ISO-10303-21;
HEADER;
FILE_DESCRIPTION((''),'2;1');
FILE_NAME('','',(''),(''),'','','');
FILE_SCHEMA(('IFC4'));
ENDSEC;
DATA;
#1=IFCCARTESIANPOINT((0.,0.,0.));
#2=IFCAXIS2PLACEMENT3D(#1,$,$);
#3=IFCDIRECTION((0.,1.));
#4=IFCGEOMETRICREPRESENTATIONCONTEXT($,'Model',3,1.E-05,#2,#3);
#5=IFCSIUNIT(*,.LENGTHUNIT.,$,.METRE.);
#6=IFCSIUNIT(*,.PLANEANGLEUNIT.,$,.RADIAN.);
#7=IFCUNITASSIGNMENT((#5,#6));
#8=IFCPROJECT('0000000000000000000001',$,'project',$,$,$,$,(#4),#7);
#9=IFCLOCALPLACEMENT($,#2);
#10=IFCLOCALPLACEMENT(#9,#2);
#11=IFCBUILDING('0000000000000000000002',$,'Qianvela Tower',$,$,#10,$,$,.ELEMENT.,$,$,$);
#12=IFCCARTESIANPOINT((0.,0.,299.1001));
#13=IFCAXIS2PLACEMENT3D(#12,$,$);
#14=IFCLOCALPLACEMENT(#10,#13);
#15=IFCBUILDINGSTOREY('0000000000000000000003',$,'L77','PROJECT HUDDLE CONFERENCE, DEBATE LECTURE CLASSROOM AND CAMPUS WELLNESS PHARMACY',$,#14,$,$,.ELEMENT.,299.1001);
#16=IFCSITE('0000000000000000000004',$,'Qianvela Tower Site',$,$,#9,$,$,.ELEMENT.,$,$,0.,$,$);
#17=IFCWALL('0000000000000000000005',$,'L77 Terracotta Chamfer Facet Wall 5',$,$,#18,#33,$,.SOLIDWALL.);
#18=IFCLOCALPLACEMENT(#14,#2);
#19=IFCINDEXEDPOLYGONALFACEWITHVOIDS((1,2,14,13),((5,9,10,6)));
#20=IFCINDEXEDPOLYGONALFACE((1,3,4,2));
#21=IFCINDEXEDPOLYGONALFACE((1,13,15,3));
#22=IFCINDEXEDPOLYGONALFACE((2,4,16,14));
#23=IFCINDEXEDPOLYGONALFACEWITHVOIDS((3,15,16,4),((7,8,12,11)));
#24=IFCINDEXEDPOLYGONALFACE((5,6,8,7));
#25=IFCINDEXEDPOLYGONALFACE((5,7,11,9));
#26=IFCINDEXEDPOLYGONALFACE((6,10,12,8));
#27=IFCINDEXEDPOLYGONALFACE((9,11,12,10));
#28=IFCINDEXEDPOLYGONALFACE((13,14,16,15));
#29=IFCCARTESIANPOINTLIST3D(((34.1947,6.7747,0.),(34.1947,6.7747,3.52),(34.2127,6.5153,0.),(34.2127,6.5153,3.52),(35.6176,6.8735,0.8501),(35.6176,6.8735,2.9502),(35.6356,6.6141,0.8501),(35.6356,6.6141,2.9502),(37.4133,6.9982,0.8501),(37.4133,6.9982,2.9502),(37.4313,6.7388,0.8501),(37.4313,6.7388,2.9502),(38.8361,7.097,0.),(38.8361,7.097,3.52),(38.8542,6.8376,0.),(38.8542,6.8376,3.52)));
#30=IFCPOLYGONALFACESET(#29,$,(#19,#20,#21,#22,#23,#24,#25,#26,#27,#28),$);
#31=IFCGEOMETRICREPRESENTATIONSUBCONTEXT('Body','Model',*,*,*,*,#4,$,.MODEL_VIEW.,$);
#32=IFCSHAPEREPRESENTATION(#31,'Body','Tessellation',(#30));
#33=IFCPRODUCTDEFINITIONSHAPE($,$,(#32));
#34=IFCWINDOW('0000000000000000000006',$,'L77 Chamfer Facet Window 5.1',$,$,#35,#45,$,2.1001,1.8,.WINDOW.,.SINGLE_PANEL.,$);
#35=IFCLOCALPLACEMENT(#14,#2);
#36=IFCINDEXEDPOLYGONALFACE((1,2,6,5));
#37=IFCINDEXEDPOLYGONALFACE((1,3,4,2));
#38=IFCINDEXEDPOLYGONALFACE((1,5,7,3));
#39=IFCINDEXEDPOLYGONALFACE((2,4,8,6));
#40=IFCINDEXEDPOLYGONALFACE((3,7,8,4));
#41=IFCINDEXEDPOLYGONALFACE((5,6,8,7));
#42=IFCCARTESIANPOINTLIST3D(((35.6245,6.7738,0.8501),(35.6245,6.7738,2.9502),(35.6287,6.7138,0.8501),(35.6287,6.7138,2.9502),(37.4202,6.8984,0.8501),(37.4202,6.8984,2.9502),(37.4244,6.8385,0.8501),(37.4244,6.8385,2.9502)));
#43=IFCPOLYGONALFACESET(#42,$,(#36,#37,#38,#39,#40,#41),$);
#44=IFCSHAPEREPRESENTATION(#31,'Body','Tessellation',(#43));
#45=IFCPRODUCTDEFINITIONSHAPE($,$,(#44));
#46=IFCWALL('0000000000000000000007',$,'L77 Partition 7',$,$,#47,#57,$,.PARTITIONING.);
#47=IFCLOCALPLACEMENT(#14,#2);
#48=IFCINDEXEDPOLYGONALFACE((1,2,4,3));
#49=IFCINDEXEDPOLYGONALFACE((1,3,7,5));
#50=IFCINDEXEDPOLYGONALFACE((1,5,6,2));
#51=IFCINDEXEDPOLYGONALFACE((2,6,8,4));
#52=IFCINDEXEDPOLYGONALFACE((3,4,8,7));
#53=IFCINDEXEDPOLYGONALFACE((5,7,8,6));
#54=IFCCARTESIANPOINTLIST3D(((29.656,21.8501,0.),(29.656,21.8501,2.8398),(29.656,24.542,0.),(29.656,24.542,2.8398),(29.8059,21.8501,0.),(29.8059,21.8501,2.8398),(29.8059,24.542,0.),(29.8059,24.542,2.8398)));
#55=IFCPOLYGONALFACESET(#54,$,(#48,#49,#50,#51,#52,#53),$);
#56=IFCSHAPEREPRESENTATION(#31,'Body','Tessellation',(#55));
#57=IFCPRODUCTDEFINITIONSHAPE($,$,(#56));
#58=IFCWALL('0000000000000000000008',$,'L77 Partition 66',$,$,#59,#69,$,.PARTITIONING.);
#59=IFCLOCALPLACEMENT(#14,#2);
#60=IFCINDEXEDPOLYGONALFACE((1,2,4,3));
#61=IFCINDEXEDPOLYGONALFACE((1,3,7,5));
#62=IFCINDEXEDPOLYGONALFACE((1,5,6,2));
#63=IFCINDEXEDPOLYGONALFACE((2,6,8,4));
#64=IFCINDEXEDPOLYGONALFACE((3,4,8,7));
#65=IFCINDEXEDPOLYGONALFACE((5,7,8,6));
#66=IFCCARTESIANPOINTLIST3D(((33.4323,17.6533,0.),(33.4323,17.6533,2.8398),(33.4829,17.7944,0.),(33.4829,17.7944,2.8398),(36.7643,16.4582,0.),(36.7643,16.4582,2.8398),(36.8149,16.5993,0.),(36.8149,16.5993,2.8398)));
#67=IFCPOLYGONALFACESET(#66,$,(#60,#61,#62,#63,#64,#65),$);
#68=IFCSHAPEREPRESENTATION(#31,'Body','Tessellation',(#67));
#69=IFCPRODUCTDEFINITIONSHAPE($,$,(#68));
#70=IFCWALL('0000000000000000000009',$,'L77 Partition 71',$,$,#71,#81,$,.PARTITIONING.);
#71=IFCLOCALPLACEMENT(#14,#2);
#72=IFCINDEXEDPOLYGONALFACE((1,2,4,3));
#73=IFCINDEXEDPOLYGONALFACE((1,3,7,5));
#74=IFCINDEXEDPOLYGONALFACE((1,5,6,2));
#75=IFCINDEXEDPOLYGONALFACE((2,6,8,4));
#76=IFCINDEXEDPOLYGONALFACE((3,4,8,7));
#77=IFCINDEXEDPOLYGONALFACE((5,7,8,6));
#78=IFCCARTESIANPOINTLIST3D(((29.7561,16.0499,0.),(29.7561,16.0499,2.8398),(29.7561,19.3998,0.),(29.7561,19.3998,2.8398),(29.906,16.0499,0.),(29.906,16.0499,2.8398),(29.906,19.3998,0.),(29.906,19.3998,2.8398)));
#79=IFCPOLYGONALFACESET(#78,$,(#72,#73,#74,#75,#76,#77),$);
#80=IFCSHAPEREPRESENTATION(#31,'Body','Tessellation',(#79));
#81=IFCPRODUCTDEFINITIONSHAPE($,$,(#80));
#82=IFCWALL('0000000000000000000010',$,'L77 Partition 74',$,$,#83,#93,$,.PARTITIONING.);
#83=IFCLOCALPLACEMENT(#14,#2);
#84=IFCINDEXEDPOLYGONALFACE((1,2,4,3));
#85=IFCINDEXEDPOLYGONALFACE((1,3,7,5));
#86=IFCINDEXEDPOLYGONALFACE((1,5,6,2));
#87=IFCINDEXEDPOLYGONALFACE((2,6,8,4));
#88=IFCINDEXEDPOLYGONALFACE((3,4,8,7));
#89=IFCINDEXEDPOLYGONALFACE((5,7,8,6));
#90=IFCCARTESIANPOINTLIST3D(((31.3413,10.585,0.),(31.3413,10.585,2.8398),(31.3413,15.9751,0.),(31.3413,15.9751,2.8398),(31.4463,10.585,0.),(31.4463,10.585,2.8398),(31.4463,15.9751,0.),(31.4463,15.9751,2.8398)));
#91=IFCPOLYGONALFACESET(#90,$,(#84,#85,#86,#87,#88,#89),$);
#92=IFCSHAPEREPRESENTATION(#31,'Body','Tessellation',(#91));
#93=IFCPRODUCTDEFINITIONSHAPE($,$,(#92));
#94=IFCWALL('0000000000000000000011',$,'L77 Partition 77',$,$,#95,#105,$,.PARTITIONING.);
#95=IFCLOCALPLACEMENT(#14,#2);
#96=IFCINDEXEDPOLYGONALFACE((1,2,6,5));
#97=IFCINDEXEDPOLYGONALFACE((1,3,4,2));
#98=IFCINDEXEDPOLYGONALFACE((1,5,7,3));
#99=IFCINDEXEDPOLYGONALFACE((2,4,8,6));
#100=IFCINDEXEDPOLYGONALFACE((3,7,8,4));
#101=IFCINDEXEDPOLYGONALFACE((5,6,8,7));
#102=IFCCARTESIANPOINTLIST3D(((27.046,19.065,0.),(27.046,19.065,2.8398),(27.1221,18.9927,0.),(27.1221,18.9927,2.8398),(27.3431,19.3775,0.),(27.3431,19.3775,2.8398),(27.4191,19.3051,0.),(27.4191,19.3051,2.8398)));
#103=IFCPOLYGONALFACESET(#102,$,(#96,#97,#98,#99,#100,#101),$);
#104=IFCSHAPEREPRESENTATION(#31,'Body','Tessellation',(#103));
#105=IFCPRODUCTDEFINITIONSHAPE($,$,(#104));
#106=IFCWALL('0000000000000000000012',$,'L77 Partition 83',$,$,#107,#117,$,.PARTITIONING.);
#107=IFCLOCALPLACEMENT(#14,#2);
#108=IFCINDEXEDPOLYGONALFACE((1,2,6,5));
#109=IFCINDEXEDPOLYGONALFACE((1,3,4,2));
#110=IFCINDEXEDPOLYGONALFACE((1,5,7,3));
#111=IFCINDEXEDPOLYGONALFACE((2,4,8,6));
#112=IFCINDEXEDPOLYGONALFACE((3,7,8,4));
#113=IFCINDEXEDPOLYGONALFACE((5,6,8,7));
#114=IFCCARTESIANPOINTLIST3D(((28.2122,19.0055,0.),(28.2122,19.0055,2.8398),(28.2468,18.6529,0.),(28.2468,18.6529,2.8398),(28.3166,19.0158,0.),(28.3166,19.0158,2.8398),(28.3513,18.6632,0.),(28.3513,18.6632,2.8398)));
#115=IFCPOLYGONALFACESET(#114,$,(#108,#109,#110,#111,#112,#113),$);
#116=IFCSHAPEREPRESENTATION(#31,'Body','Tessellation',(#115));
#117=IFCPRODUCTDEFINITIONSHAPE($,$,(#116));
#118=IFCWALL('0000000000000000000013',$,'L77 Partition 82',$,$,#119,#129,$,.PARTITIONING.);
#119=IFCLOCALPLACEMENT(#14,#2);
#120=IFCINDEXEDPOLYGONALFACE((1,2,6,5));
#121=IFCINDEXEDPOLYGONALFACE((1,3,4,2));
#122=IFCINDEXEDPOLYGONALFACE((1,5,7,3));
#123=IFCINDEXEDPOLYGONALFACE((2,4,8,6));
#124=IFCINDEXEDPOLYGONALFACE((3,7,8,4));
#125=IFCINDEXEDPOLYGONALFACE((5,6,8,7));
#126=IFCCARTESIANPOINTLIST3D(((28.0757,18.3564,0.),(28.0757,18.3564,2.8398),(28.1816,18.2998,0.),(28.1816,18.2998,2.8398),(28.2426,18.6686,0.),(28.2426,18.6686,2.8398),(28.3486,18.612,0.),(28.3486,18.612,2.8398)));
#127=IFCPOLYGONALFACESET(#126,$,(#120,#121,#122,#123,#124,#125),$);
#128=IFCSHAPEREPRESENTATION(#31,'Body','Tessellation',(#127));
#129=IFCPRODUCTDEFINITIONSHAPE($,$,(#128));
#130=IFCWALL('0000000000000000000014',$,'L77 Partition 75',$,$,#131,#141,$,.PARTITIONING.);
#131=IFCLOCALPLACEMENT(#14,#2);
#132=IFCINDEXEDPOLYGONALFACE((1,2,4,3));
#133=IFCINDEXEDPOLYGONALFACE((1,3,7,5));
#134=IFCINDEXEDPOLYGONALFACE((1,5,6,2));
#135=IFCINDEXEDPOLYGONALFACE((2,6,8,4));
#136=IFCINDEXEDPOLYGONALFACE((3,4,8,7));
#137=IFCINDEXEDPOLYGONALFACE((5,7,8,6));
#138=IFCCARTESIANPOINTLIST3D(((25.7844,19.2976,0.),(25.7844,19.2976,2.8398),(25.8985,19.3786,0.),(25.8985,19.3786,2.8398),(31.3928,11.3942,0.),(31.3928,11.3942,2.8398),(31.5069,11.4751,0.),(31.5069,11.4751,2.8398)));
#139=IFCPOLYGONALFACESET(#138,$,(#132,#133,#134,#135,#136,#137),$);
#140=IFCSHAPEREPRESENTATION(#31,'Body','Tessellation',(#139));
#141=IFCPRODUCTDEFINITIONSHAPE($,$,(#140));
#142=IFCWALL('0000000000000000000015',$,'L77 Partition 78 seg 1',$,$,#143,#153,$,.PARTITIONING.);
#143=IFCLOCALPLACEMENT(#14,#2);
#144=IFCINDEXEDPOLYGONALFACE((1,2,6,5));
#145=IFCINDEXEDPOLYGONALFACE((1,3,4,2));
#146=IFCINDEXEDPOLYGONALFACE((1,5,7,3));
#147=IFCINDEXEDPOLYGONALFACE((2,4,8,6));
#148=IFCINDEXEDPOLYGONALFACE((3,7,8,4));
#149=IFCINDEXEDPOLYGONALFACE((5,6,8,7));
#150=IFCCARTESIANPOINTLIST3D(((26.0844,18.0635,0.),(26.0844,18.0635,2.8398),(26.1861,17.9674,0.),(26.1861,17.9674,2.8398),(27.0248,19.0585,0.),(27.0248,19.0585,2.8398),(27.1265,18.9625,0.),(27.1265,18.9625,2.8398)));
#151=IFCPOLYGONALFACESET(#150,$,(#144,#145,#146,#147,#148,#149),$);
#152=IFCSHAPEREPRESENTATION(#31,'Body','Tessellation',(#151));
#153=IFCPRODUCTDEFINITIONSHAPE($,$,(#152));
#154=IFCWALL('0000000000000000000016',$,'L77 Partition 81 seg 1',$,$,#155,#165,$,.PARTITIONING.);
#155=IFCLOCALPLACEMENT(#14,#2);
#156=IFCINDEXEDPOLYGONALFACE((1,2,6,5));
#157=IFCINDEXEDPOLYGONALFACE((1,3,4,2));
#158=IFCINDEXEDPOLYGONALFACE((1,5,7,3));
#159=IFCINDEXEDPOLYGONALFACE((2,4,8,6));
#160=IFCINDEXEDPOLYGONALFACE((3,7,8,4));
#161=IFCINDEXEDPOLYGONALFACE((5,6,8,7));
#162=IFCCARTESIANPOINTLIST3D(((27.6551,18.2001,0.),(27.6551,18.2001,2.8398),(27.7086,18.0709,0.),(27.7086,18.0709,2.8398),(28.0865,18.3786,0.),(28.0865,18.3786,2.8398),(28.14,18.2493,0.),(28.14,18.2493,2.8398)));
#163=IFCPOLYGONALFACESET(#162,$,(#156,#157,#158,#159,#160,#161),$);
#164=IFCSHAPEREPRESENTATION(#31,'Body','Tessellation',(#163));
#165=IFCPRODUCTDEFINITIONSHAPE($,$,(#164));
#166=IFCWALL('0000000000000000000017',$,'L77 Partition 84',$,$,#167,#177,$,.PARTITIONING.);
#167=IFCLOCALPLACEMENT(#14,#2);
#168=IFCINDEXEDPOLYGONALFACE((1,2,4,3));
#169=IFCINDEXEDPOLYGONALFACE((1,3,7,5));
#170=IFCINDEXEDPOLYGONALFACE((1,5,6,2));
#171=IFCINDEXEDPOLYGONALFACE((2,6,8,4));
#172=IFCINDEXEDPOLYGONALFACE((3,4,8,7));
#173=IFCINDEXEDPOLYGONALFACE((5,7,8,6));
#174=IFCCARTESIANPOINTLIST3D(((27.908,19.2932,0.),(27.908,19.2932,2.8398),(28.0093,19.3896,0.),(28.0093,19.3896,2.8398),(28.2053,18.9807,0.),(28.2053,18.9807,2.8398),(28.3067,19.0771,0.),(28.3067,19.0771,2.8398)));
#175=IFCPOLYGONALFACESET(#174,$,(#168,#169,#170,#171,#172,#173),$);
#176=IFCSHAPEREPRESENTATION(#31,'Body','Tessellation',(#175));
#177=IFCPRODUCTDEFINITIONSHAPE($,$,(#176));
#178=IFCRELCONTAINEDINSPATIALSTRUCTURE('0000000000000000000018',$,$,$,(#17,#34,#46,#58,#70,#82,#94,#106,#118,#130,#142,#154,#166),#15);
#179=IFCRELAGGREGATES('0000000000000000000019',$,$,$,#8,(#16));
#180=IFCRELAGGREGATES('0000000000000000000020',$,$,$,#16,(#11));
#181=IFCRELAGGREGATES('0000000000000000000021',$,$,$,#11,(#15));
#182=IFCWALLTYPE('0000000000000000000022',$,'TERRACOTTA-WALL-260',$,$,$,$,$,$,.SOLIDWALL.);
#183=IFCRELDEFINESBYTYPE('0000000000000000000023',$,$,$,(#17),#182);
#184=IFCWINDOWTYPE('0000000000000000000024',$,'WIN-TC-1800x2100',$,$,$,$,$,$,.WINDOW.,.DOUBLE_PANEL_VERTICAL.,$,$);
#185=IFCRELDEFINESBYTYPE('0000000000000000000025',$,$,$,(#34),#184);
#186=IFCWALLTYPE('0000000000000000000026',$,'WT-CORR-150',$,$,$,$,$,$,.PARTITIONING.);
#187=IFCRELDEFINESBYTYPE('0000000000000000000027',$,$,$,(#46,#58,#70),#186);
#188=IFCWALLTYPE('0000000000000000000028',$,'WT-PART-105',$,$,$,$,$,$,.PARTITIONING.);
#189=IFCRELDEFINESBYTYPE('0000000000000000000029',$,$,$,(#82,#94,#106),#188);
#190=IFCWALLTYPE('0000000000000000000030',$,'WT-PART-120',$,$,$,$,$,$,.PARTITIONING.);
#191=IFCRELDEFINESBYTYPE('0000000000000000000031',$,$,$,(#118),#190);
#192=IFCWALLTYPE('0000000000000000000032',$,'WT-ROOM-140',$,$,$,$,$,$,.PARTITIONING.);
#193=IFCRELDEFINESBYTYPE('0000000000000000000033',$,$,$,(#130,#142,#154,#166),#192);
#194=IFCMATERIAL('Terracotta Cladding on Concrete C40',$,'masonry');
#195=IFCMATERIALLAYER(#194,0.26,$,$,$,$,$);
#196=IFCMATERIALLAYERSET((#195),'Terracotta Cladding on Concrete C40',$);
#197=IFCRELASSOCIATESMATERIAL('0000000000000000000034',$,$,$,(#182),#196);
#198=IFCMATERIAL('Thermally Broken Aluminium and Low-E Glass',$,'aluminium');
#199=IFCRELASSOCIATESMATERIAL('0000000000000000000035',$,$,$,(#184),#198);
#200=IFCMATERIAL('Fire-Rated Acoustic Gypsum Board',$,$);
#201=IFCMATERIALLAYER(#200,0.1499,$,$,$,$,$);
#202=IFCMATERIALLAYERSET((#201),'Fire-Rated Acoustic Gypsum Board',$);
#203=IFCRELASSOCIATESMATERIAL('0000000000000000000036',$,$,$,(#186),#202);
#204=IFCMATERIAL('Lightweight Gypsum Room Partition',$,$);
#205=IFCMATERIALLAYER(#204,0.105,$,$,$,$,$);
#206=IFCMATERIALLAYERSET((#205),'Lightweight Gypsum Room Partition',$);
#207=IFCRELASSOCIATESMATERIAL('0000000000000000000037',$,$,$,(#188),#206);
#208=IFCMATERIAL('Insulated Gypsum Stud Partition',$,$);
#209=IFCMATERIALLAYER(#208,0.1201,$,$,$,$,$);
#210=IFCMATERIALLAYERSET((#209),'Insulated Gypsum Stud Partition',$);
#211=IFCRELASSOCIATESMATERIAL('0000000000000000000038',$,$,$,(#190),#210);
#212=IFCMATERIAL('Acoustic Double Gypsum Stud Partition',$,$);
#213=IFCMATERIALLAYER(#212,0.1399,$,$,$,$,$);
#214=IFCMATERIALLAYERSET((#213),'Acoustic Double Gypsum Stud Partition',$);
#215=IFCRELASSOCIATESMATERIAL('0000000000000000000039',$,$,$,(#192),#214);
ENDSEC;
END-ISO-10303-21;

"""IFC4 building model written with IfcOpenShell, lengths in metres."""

from ifc_helpers import new_model, si_unit, direction, frame, frame_2d, origin, place, context, subcontext, project, spatial, rectangle, extrude, material, layer, layer_set, type_object, element, fill, save


model = new_model("IFC4")

# Units and contexts
model_context = context("Model", 3, precision=1e-05, world=origin(), true_north=direction((0.0, 1.0)))
body_context = subcontext(model_context, "Body", "Model", "MODEL_VIEW")
ifc_project = project(units=[si_unit("LENGTHUNIT", "METRE"), si_unit("PLANEANGLEUNIT", "RADIAN")], contexts=[model_context])

# Site, building, storey
site_placement = place(None, origin())
site = spatial("IfcSite", under=ifc_project, at=site_placement, Name="Qianvela Tower Site", CompositionType="ELEMENT", RefElevation=0.0)
building_placement = place(site_placement, origin())
building = spatial("IfcBuilding", under=site, at=building_placement, Name="Qianvela Tower", CompositionType="ELEMENT")
storey_placement = place(building_placement, frame((0.0, 0.0, 299.1001)))
storey = spatial("IfcBuildingStorey", under=building, at=storey_placement, Name="L77", Description="PROJECT HUDDLE CONFERENCE, DEBATE LECTURE CLASSROOM AND CAMPUS WELLNESS PHARMACY", CompositionType="ELEMENT", Elevation=299.1001)

# Wall, opening, window
ifc_material_1 = material(Name="Terracotta Cladding on Concrete C40", Category="masonry")
ifc_layer_1 = layer(ifc_material_1, 0.26)
ifc_layer_set_1 = layer_set([ifc_layer_1], Name="Terracotta Cladding on Concrete C40")
wall_type_1 = type_object("IfcWallType", Name="TERRACOTTA-WALL-260", PredefinedType="SOLIDWALL", material=ifc_layer_set_1)
wall_1_placement = place(storey_placement, frame((34.2039, 6.645, 0.0), z_axis=(0.0, 0.0, 1.0), x_axis=(0.997598, 0.069267, 0.0)))
wall_1 = element("IfcWall", 1, at=wall_1_placement, inside=storey, type_object=wall_type_1, Name="L77 Terracotta Chamfer Facet Wall 5", PredefinedType="SOLIDWALL", context=body_context, shape_type="SweptSolid", body=[
    extrude(rectangle(XDim=4.6526, YDim=0.26, at=frame_2d((2.3262, 0.0))), origin(), (0.0, 0.0, 1.0), 3.52),
])
opening_1_placement = place(wall_1_placement, frame((1.4263, 0.0, 0.8501)))
opening_1 = element("IfcOpeningElement", 2, at=opening_1_placement, cuts=wall_1, PredefinedType="OPENING", context=body_context, shape_type="SweptSolid", body=[
    extrude(rectangle(XDim=1.8, YDim=2.1001, at=frame_2d((0.8999, 1.05))), frame((0.0, 0.1399, 0.0), z_axis=(0.0, -1.0, 0.0), x_axis=(1.0, 0.0, 0.0)), (0.0, 0.0, 1.0), 0.28),
])
ifc_material_2 = material(Name="Thermally Broken Aluminium and Low-E Glass", Category="aluminium")
window_type = type_object("IfcWindowType", Name="WIN-TC-1800x2100", PartitioningType="DOUBLE_PANEL_VERTICAL", PredefinedType="WINDOW", material=ifc_material_2)
window_placement = place(opening_1_placement, origin())
window = element("IfcWindow", 3, at=window_placement, inside=storey, type_object=window_type, Name="L77 Chamfer Facet Window 5.1", OverallHeight=2.1001, OverallWidth=1.8, PartitioningType="SINGLE_PANEL", PredefinedType="WINDOW", context=body_context, shape_type="SweptSolid", body=[
    extrude(rectangle(XDim=1.8, YDim=2.1001, at=frame_2d((0.8999, 1.05))), frame((0.0, 0.03, 0.0), z_axis=(0.0, -1.0, 0.0), x_axis=(1.0, 0.0, 0.0)), (0.0, 0.0, 1.0), 0.0601),
])
fill(opening_1, window)

# Shared definitions
ifc_material_3 = material(Name="Fire-Rated Acoustic Gypsum Board")
ifc_layer_2 = layer(ifc_material_3, 0.1499)
ifc_layer_set_2 = layer_set([ifc_layer_2], Name="Fire-Rated Acoustic Gypsum Board")
wall_type_2 = type_object("IfcWallType", Name="WT-CORR-150", PredefinedType="PARTITIONING", material=ifc_layer_set_2)

# Walls
wall_2_placement = place(storey_placement, frame((29.731, 21.8501, 0.0), z_axis=(0.0, 0.0, 1.0), x_axis=(0.0, 1.0, 0.0)))
element("IfcWall", 4, at=wall_2_placement, inside=storey, type_object=wall_type_2, Name="L77 Partition 7", PredefinedType="PARTITIONING", context=body_context, shape_type="SweptSolid", body=[
    extrude(rectangle(XDim=2.6919, YDim=0.1499, at=frame_2d((1.3459, 0.0))), origin(), (0.0, 0.0, 1.0), 2.8398),
])
wall_3_placement = place(storey_placement, frame((33.4575, 17.7239, 0.0), z_axis=(0.0, 0.0, 1.0), x_axis=(0.941289, -0.337603, 0.0)))
element("IfcWall", 5, at=wall_3_placement, inside=storey, type_object=wall_type_2, Name="L77 Partition 66", PredefinedType="PARTITIONING", context=body_context, shape_type="SweptSolid", body=[
    extrude(rectangle(XDim=3.5398, YDim=0.1499, at=frame_2d((1.77, 0.0))), origin(), (0.0, 0.0, 1.0), 2.8398),
])
wall_4_placement = place(storey_placement, frame((29.8311, 16.05, 0.0), z_axis=(0.0, 0.0, 1.0), x_axis=(0.0, 1.0, 0.0)))
element("IfcWall", 6, at=wall_4_placement, inside=storey, type_object=wall_type_2, Name="L77 Partition 71", PredefinedType="PARTITIONING", context=body_context, shape_type="SweptSolid", body=[
    extrude(rectangle(XDim=3.3499, YDim=0.1499, at=frame_2d((1.6748, 0.0))), origin(), (0.0, 0.0, 1.0), 2.8398),
])

# Walls
ifc_material_4 = material(Name="Lightweight Gypsum Room Partition")
ifc_layer_3 = layer(ifc_material_4, 0.105)
ifc_layer_set_3 = layer_set([ifc_layer_3], Name="Lightweight Gypsum Room Partition")
wall_type_3 = type_object("IfcWallType", Name="WT-PART-105", PredefinedType="PARTITIONING", material=ifc_layer_set_3)
wall_5_placement = place(storey_placement, frame((31.3938, 15.9751, 0.0), z_axis=(0.0, 0.0, 1.0), x_axis=(0.0, -1.0, 0.0)))
element("IfcWall", 7, at=wall_5_placement, inside=storey, type_object=wall_type_3, Name="L77 Partition 74", PredefinedType="PARTITIONING", context=body_context, shape_type="SweptSolid", body=[
    extrude(rectangle(XDim=5.3901, YDim=0.105, at=frame_2d((2.6951, 0.0))), origin(), (0.0, 0.0, 1.0), 2.8398),
])
wall_6_placement = place(storey_placement, frame((27.3811, 19.3413, 0.0), z_axis=(0.0, 0.0, 1.0), x_axis=(-0.689047, -0.724717, 0.0)))
element("IfcWall", 8, at=wall_6_placement, inside=storey, type_object=wall_type_3, Name="L77 Partition 77", PredefinedType="PARTITIONING", context=body_context, shape_type="SweptSolid", body=[
    extrude(rectangle(XDim=0.4312, YDim=0.105, at=frame_2d((0.2156, 0.0))), origin(), (0.0, 0.0, 1.0), 2.8398),
])
wall_7_placement = place(storey_placement, frame((28.2991, 18.658, 0.0), z_axis=(0.0, 0.0, 1.0), x_axis=(-0.097866, 0.9952, 0.0)))
element("IfcWall", 9, at=wall_7_placement, inside=storey, type_object=wall_type_3, Name="L77 Partition 83", PredefinedType="PARTITIONING", context=body_context, shape_type="SweptSolid", body=[
    extrude(rectangle(XDim=0.3542, YDim=0.105, at=frame_2d((0.1772, 0.0))), origin(), (0.0, 0.0, 1.0), 2.8398),
])
ifc_material_5 = material(Name="Insulated Gypsum Stud Partition")
ifc_layer_4 = layer(ifc_material_5, 0.1201)
ifc_layer_set_4 = layer_set([ifc_layer_4], Name="Insulated Gypsum Stud Partition")
wall_type_4 = type_object("IfcWallType", Name="WT-PART-120", PredefinedType="PARTITIONING", material=ifc_layer_set_4)
wall_8_placement = place(storey_placement, frame((28.1287, 18.3281, 0.0), z_axis=(0.0, 0.0, 1.0), x_axis=(0.47159, 0.881818, 0.0)))
element("IfcWall", 10, at=wall_8_placement, inside=storey, type_object=wall_type_4, Name="L77 Partition 82", PredefinedType="PARTITIONING", context=body_context, shape_type="SweptSolid", body=[
    extrude(rectangle(XDim=0.354, YDim=0.1201, at=frame_2d((0.177, 0.0))), origin(), (0.0, 0.0, 1.0), 2.8398),
])
ifc_material_6 = material(Name="Acoustic Double Gypsum Stud Partition")
ifc_layer_5 = layer(ifc_material_6, 0.1399)
ifc_layer_set_5 = layer_set([ifc_layer_5], Name="Acoustic Double Gypsum Stud Partition")
wall_type_5 = type_object("IfcWallType", Name="WT-ROOM-140", PredefinedType="PARTITIONING", material=ifc_layer_set_5)
wall_9_placement = place(storey_placement, frame((31.45, 11.4346, 0.0), z_axis=(0.0, 0.0, 1.0), x_axis=(-0.578719, 0.815527, 0.0)))
element("IfcWall", 11, at=wall_9_placement, inside=storey, type_object=wall_type_5, Name="L77 Partition 75", PredefinedType="PARTITIONING", context=body_context, shape_type="SweptSolid", body=[
    extrude(rectangle(XDim=9.6912, YDim=0.1399, at=frame_2d((4.8457, 0.0))), origin(), (0.0, 0.0, 1.0), 2.8398),
])
wall_10_placement = place(storey_placement, frame((27.0757, 19.0105, 0.0), z_axis=(0.0, 0.0, 1.0), x_axis=(-0.686854, -0.726796, 0.0)))
element("IfcWall", 12, at=wall_10_placement, inside=storey, type_object=wall_type_5, Name="L77 Partition 78 seg 1", PredefinedType="PARTITIONING", context=body_context, shape_type="SweptSolid", body=[
    extrude(rectangle(XDim=1.3691, YDim=0.1399, at=frame_2d((0.6846, 0.0))), origin(), (0.0, 0.0, 1.0), 2.8398),
])
wall_11_placement = place(storey_placement, frame((27.6819, 18.1355, 0.0), z_axis=(0.0, 0.0, 1.0), x_axis=(0.924049, 0.382275, 0.0)))
element("IfcWall", 13, at=wall_11_placement, inside=storey, type_object=wall_type_5, Name="L77 Partition 81 seg 1", PredefinedType="PARTITIONING", context=body_context, shape_type="SweptSolid", body=[
    extrude(rectangle(XDim=0.4668, YDim=0.1399, at=frame_2d((0.2334, 0.0))), origin(), (0.0, 0.0, 1.0), 2.8398),
])
wall_12_placement = place(storey_placement, frame((28.2561, 19.0288, 0.0), z_axis=(0.0, 0.0, 1.0), x_axis=(-0.689344, 0.724434, 0.0)))
element("IfcWall", 14, at=wall_12_placement, inside=storey, type_object=wall_type_5, Name="L77 Partition 84", PredefinedType="PARTITIONING", context=body_context, shape_type="SweptSolid", body=[
    extrude(rectangle(XDim=0.4314, YDim=0.1399, at=frame_2d((0.2158, 0.0))), origin(), (0.0, 0.0, 1.0), 2.8398),
])

save(model, "model.ifc")
